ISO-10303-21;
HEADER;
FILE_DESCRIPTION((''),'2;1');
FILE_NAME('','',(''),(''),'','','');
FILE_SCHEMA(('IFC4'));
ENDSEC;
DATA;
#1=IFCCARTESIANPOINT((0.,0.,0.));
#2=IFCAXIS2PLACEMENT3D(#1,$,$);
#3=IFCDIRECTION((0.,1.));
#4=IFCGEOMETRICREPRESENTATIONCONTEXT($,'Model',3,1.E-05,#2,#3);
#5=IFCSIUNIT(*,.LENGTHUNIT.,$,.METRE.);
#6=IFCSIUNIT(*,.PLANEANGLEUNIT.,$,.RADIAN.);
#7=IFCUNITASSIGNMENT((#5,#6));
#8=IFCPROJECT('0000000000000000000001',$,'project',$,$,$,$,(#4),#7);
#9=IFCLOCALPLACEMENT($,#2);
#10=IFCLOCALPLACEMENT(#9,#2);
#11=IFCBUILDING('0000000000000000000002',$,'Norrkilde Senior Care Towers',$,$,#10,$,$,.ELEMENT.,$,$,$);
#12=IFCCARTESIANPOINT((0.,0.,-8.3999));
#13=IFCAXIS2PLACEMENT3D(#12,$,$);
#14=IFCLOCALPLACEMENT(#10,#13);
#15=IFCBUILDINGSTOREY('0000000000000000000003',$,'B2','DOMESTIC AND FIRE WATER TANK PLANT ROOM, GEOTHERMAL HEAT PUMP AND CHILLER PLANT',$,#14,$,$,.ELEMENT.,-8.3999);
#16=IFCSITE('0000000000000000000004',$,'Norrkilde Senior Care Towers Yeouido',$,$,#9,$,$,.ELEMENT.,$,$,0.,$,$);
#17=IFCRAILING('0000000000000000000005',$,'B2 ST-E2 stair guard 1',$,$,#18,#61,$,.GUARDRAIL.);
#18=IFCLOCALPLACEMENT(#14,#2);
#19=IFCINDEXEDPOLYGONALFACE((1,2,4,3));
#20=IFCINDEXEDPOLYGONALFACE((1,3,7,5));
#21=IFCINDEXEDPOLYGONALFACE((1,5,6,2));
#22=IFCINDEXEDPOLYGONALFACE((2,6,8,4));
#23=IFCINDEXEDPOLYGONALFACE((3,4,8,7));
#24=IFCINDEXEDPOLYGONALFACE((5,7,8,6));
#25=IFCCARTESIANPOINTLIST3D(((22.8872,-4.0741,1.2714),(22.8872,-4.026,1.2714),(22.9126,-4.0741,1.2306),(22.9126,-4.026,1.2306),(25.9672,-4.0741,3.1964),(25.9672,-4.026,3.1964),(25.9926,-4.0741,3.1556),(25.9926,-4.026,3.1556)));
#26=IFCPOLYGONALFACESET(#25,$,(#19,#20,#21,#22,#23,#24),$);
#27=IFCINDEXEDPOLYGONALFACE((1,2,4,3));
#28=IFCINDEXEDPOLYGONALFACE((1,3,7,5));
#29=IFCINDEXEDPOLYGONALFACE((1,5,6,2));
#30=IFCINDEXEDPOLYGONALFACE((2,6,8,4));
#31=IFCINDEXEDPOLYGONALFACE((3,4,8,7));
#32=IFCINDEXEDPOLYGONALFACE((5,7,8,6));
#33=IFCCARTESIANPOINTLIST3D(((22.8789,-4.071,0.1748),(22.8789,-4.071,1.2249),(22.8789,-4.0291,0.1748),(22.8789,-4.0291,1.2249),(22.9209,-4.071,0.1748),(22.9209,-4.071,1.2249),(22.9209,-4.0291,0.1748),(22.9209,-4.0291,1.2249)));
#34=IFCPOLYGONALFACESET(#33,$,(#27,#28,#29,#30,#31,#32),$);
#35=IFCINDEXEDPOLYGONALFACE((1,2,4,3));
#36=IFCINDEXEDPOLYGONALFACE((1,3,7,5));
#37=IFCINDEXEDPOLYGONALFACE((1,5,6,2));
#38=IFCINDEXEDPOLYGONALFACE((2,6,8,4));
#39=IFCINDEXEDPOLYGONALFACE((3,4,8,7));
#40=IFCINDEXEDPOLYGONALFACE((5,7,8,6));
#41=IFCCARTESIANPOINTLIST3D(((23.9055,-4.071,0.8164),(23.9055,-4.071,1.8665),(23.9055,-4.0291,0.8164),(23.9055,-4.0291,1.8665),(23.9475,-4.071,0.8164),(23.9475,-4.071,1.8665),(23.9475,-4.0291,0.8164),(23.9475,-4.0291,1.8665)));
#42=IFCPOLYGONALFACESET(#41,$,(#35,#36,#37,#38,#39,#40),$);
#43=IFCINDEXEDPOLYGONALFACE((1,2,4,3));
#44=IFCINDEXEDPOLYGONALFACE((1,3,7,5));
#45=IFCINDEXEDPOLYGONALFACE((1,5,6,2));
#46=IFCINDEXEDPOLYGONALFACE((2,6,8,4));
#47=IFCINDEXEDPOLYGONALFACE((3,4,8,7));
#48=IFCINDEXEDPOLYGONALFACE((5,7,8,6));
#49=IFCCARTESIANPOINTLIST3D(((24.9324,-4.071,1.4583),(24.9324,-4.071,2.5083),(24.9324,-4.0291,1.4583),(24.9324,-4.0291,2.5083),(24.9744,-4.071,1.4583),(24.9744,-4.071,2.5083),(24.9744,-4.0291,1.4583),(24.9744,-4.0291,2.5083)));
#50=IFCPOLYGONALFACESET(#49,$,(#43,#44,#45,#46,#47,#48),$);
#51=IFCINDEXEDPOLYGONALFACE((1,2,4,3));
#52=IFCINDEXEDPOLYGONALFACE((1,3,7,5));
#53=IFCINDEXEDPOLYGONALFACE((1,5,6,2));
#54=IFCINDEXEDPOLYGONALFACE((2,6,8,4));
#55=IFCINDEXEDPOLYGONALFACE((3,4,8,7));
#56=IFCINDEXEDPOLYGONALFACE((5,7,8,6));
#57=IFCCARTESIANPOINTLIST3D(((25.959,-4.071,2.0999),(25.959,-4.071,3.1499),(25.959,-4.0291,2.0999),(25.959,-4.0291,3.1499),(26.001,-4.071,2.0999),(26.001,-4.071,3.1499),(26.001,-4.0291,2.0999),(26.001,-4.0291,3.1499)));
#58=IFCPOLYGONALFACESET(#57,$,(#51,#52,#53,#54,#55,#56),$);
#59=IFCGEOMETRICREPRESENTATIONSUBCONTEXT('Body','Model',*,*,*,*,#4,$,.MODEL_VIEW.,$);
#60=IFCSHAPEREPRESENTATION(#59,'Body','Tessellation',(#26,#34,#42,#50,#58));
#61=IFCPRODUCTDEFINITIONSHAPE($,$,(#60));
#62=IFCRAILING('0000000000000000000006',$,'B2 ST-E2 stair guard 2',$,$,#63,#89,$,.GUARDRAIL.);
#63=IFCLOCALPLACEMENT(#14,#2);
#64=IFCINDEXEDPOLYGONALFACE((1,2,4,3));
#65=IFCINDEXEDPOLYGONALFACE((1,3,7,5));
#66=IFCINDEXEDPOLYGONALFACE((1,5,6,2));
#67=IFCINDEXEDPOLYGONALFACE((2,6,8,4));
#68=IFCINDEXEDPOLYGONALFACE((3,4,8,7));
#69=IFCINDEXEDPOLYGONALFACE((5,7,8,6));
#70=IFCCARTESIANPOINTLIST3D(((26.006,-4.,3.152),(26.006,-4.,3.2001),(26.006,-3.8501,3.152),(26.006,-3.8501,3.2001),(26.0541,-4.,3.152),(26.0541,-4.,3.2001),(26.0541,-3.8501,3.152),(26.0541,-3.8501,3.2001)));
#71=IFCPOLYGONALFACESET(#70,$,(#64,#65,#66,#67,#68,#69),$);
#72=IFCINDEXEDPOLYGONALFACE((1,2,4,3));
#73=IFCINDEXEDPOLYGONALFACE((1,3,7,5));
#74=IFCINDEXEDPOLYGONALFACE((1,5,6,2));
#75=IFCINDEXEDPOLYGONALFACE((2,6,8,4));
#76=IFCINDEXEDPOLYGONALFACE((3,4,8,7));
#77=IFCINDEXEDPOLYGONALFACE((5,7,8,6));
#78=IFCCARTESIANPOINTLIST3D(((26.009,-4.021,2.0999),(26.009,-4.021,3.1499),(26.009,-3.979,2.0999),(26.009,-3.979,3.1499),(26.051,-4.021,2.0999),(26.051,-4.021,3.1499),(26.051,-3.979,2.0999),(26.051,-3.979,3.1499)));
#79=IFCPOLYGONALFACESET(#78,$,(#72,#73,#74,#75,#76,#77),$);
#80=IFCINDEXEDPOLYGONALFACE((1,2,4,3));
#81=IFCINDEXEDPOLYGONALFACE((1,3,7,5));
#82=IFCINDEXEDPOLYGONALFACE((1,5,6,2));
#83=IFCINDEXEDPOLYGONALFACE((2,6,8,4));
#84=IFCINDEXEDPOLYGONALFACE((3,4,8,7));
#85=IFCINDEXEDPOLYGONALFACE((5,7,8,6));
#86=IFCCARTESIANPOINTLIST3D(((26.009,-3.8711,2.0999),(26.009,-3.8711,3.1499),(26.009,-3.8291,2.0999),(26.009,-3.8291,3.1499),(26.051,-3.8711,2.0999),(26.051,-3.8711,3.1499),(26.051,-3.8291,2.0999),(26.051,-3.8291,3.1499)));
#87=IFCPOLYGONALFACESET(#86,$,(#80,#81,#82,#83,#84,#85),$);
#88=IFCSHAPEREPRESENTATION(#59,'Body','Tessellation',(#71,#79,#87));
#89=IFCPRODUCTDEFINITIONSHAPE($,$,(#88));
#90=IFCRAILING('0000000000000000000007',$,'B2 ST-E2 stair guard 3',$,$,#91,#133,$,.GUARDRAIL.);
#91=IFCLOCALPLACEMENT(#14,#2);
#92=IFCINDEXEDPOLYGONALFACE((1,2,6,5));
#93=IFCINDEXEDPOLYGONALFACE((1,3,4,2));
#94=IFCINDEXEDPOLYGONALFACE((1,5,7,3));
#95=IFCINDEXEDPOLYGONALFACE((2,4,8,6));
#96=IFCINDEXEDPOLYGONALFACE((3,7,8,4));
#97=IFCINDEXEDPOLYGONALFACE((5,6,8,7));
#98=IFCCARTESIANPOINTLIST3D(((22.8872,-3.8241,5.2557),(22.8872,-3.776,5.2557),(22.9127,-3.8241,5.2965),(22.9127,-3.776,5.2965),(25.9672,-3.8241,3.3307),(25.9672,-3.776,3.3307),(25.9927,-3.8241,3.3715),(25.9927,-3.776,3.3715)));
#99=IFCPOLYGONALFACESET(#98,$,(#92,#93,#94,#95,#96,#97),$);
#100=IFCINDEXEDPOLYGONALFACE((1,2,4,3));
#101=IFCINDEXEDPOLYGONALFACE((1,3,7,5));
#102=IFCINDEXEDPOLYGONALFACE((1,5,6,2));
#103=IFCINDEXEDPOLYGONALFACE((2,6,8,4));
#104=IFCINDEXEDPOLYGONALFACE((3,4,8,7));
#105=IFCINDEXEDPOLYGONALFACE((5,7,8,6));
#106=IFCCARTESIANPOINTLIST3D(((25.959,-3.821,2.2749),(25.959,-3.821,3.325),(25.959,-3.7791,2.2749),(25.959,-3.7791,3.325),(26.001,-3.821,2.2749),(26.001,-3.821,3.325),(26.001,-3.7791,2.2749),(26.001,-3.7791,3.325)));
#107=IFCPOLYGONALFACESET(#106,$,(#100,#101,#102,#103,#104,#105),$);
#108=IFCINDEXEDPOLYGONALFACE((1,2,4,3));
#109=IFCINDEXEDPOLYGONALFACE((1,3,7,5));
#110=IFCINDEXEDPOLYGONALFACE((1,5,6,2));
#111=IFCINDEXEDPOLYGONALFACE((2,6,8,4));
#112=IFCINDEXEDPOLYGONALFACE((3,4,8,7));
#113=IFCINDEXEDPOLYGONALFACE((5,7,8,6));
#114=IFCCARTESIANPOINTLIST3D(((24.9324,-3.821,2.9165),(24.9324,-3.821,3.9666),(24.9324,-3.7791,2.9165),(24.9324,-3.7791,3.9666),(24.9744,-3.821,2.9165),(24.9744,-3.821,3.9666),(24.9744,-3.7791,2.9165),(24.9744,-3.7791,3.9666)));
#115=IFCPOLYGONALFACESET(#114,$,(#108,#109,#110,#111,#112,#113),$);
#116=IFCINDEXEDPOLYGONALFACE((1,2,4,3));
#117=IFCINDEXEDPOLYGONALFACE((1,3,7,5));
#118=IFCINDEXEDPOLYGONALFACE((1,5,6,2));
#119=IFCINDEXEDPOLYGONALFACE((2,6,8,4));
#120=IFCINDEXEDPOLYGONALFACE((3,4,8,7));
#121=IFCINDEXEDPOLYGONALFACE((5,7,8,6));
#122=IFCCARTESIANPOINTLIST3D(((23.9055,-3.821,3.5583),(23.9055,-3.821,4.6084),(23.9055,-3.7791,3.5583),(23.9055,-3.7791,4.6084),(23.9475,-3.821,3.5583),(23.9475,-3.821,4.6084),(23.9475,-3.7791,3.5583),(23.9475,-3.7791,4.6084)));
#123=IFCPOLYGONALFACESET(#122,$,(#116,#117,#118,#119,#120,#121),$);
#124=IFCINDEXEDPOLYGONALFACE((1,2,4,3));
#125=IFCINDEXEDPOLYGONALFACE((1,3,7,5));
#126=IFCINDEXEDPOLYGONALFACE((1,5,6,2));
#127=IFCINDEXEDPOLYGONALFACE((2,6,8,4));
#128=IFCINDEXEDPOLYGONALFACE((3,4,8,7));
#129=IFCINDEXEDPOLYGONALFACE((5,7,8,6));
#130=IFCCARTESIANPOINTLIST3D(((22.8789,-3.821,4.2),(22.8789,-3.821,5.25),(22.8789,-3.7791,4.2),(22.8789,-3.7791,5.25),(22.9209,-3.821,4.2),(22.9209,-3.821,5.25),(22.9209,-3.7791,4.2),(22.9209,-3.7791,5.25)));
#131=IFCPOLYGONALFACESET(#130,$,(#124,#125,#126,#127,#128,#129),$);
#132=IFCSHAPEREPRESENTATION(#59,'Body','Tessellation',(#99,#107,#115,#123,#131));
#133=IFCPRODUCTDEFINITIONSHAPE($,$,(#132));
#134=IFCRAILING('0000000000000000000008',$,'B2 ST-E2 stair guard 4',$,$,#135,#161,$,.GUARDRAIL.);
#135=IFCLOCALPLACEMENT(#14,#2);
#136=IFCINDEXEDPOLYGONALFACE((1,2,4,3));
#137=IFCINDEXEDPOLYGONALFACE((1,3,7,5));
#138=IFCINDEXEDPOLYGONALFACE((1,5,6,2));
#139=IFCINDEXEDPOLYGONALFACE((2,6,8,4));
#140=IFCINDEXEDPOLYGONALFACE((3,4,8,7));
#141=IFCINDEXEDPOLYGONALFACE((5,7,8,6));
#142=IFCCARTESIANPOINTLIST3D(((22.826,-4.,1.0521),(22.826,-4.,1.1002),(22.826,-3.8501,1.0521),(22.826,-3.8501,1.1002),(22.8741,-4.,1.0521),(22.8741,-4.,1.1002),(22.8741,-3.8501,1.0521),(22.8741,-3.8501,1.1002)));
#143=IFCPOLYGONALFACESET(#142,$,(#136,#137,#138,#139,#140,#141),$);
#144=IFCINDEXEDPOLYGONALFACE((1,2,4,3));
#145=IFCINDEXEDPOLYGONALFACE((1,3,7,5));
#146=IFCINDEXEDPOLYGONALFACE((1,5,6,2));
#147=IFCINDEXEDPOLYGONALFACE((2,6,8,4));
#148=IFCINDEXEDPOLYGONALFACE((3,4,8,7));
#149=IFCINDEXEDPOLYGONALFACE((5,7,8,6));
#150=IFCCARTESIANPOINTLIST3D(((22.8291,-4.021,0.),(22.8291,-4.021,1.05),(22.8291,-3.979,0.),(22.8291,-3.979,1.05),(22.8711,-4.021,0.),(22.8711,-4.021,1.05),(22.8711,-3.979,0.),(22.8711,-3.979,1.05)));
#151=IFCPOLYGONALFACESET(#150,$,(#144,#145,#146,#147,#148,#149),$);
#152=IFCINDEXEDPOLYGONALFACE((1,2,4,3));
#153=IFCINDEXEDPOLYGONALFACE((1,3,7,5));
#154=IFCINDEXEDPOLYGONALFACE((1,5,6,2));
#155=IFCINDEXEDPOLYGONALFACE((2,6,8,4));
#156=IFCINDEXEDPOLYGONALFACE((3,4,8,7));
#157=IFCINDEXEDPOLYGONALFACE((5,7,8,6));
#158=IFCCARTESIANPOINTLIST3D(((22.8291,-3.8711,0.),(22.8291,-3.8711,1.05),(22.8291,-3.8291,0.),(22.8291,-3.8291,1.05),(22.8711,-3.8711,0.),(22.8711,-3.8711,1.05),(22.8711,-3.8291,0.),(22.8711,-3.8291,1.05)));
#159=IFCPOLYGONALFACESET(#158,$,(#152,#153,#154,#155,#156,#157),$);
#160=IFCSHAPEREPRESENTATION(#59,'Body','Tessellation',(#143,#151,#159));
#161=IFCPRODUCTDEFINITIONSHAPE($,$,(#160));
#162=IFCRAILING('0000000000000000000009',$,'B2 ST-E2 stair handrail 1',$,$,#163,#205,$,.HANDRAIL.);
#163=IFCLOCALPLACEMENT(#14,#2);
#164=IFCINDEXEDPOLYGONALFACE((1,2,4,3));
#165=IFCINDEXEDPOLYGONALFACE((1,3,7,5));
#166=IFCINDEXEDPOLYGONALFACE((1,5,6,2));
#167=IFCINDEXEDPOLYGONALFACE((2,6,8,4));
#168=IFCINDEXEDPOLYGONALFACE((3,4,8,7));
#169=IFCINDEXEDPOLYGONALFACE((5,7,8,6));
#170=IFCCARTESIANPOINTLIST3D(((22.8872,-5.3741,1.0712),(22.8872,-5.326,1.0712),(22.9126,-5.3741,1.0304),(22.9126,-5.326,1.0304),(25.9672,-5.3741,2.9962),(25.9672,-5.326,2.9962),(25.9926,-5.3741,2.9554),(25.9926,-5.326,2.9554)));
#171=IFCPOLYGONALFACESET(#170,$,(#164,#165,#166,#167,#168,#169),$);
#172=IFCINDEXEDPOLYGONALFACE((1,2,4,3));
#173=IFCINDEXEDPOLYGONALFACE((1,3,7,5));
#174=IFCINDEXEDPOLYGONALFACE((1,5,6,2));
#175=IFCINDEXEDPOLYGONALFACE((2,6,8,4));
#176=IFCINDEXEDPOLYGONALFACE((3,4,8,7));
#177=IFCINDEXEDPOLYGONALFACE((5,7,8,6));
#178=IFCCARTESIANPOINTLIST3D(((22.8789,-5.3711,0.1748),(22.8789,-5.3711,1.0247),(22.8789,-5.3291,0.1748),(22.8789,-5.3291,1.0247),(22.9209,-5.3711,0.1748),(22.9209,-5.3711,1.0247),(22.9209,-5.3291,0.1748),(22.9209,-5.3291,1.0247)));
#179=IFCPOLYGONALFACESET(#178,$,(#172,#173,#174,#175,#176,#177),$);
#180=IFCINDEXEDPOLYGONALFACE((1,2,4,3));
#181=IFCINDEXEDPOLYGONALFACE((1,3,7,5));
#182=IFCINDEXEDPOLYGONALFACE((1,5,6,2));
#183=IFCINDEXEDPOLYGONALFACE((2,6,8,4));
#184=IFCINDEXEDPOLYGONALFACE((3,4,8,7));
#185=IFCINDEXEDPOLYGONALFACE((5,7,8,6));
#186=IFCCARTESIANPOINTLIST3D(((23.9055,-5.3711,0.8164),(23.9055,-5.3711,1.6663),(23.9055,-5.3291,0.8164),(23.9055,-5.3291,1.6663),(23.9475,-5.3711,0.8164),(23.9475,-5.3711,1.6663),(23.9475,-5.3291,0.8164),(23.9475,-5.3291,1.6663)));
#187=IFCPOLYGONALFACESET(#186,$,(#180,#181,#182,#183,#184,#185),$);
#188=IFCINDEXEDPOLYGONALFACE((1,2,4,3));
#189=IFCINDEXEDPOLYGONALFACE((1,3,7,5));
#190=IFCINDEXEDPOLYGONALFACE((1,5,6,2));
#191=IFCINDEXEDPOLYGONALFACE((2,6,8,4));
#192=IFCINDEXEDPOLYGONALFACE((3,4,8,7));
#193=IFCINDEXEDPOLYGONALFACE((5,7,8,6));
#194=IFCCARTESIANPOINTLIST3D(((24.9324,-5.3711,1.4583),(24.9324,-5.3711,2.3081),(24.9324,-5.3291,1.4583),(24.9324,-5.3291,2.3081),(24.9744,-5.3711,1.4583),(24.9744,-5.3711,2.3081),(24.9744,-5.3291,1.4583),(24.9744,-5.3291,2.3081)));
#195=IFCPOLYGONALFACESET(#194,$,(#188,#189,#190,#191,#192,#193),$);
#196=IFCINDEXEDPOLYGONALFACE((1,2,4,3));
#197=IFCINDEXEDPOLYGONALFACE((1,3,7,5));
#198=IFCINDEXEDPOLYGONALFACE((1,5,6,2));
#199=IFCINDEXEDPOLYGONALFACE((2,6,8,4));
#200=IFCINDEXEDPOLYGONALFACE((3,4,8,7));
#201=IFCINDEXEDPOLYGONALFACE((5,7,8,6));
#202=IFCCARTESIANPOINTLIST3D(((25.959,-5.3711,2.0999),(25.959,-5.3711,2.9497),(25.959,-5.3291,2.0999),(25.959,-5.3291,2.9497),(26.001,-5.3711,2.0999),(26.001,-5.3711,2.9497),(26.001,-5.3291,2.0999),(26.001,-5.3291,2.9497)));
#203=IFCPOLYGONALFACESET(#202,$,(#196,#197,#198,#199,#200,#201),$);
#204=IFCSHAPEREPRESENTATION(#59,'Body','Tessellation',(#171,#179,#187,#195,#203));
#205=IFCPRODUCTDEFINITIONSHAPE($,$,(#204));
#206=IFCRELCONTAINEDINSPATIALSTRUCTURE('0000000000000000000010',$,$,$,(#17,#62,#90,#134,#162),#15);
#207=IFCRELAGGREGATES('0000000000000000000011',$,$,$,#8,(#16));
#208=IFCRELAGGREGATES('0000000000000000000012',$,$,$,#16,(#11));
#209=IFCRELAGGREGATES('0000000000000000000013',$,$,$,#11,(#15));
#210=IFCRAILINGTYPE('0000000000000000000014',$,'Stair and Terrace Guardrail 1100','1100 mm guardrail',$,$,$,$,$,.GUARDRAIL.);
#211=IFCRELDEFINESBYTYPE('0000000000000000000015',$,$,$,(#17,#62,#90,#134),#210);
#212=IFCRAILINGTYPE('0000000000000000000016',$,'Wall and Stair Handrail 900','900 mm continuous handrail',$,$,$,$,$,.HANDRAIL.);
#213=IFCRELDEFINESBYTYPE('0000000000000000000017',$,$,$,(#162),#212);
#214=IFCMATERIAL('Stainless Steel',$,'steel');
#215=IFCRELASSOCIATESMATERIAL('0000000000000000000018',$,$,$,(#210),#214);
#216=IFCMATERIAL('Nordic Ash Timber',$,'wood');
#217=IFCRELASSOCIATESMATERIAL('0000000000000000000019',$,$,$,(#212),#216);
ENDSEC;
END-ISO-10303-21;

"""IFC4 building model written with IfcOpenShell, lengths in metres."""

from ifc_helpers import new_model, si_unit, direction, frame, origin, origin_2d, place, context, subcontext, project, spatial, rectangle, extrude, material, type_object, element, save


model = new_model("IFC4")

# Units and contexts
model_context = context("Model", 3, precision=1e-05, world=origin(), true_north=direction((0.0, 1.0)))
body_context = subcontext(model_context, "Body", "Model", "MODEL_VIEW")
ifc_project = project(units=[si_unit("LENGTHUNIT", "METRE"), si_unit("PLANEANGLEUNIT", "RADIAN")], contexts=[model_context])

# Site, building, storey
site_placement = place(None, origin())
site = spatial("IfcSite", under=ifc_project, at=site_placement, Name="Norrkilde Senior Care Towers Yeouido", CompositionType="ELEMENT", RefElevation=0.0)
building_placement = place(site_placement, origin())
building = spatial("IfcBuilding", under=site, at=building_placement, Name="Norrkilde Senior Care Towers", CompositionType="ELEMENT")
storey_placement = place(building_placement, frame((0.0, 0.0, -8.3999)))
storey = spatial("IfcBuildingStorey", under=building, at=storey_placement, Name="B2", Description="DOMESTIC AND FIRE WATER TANK PLANT ROOM, GEOTHERMAL HEAT PUMP AND CHILLER PLANT", CompositionType="ELEMENT", Elevation=-8.3999)

# Railings
ifc_material_1 = material(Name="Stainless Steel", Category="steel")
railing_type_1 = type_object("IfcRailingType", Name="Stair and Terrace Guardrail 1100", Description="1100 mm guardrail", PredefinedType="GUARDRAIL", material=ifc_material_1)
railing_1_placement = place(storey_placement, frame((22.8999, -4.05, 0.1748)))
element("IfcRailing", 1, at=railing_1_placement, inside=storey, type_object=railing_type_1, Name="B2 ST-E2 stair guard 1", PredefinedType="GUARDRAIL", context=body_context, shape_type="SweptSolid", body=[
    extrude(rectangle(XDim=0.0481, YDim=0.0481, at=origin_2d()), frame((0.0, 0.0, 1.0762), z_axis=(0.847998, 0.0, 0.529999), x_axis=(0.0, 1.0, 0.0)), (0.0, 0.0, 1.0), 3.6321),
    extrude(rectangle(XDim=0.042, YDim=0.042, at=origin_2d()), origin(), (0.0, 0.0, 1.0), 1.05),
    extrude(rectangle(XDim=0.042, YDim=0.042, at=origin_2d()), frame((1.0266, 0.0, 0.6416)), (0.0, 0.0, 1.0), 1.05),
    extrude(rectangle(XDim=0.042, YDim=0.042, at=origin_2d()), frame((2.0535, 0.0, 1.2834)), (0.0, 0.0, 1.0), 1.05),
    extrude(rectangle(XDim=0.042, YDim=0.042, at=origin_2d()), frame((3.0801, 0.0, 1.925)), (0.0, 0.0, 1.0), 1.05),
])
railing_2_placement = place(storey_placement, frame((26.03, -4.0, 2.0999)))
element("IfcRailing", 2, at=railing_2_placement, inside=storey, type_object=railing_type_1, Name="B2 ST-E2 stair guard 2", PredefinedType="GUARDRAIL", context=body_context, shape_type="SweptSolid", body=[
    extrude(rectangle(XDim=0.0481, YDim=0.0481, at=origin_2d()), frame((0.0, 0.0, 1.0762), z_axis=(0.0, 1.0, 0.0), x_axis=(-1.0, 0.0, 0.0)), (0.0, 0.0, 1.0), 0.1499),
    extrude(rectangle(XDim=0.042, YDim=0.042, at=origin_2d()), origin(), (0.0, 0.0, 1.0), 1.05),
    extrude(rectangle(XDim=0.042, YDim=0.042, at=origin_2d()), frame((0.0, 0.1499, 0.0)), (0.0, 0.0, 1.0), 1.05),
])
railing_3_placement = place(storey_placement, frame((25.98, -3.8, 2.2749)))
element("IfcRailing", 3, at=railing_3_placement, inside=storey, type_object=railing_type_1, Name="B2 ST-E2 stair guard 3", PredefinedType="GUARDRAIL", context=body_context, shape_type="SweptSolid", body=[
    extrude(rectangle(XDim=0.0481, YDim=0.0481, at=origin_2d()), frame((0.0, 0.0, 1.0762), z_axis=(-0.847998, 0.0, 0.529999), x_axis=(0.0, -1.0, 0.0)), (0.0, 0.0, 1.0), 3.6321),
    extrude(rectangle(XDim=0.042, YDim=0.042, at=origin_2d()), origin(), (0.0, 0.0, 1.0), 1.05),
    extrude(rectangle(XDim=0.042, YDim=0.042, at=origin_2d()), frame((-1.0266, 0.0, 0.6416)), (0.0, 0.0, 1.0), 1.05),
    extrude(rectangle(XDim=0.042, YDim=0.042, at=origin_2d()), frame((-2.0535, 0.0, 1.2834)), (0.0, 0.0, 1.0), 1.05),
    extrude(rectangle(XDim=0.042, YDim=0.042, at=origin_2d()), frame((-3.0801, 0.0, 1.925)), (0.0, 0.0, 1.0), 1.05),
])
railing_4_placement = place(storey_placement, frame((22.8501, -4.0, 0.0)))
element("IfcRailing", 4, at=railing_4_placement, inside=storey, type_object=railing_type_1, Name="B2 ST-E2 stair guard 4", PredefinedType="GUARDRAIL", context=body_context, shape_type="SweptSolid", body=[
    extrude(rectangle(XDim=0.0481, YDim=0.0481, at=origin_2d()), frame((0.0, 0.0, 1.0762), z_axis=(0.0, 1.0, 0.0), x_axis=(-1.0, 0.0, 0.0)), (0.0, 0.0, 1.0), 0.1499),
    extrude(rectangle(XDim=0.042, YDim=0.042, at=origin_2d()), origin(), (0.0, 0.0, 1.0), 1.05),
    extrude(rectangle(XDim=0.042, YDim=0.042, at=origin_2d()), frame((0.0, 0.1499, 0.0)), (0.0, 0.0, 1.0), 1.05),
])
ifc_material_2 = material(Name="Nordic Ash Timber", Category="wood")
railing_type_2 = type_object("IfcRailingType", Name="Wall and Stair Handrail 900", Description="900 mm continuous handrail", PredefinedType="HANDRAIL", material=ifc_material_2)
railing_5_placement = place(storey_placement, frame((22.8999, -5.3501, 0.1748)))
element("IfcRailing", 5, at=railing_5_placement, inside=storey, type_object=railing_type_2, Name="B2 ST-E2 stair handrail 1", PredefinedType="HANDRAIL", context=body_context, shape_type="SweptSolid", body=[
    extrude(rectangle(XDim=0.0481, YDim=0.0481, at=origin_2d()), frame((0.0, 0.0, 0.876), z_axis=(0.847998, 0.0, 0.529999), x_axis=(0.0, 1.0, 0.0)), (0.0, 0.0, 1.0), 3.6321),
    extrude(rectangle(XDim=0.042, YDim=0.042, at=origin_2d()), origin(), (0.0, 0.0, 1.0), 0.8499),
    extrude(rectangle(XDim=0.042, YDim=0.042, at=origin_2d()), frame((1.0266, 0.0, 0.6416)), (0.0, 0.0, 1.0), 0.8499),
    extrude(rectangle(XDim=0.042, YDim=0.042, at=origin_2d()), frame((2.0535, 0.0, 1.2834)), (0.0, 0.0, 1.0), 0.8499),
    extrude(rectangle(XDim=0.042, YDim=0.042, at=origin_2d()), frame((3.0801, 0.0, 1.925)), (0.0, 0.0, 1.0), 0.8499),
])

save(model, "model.ifc")
